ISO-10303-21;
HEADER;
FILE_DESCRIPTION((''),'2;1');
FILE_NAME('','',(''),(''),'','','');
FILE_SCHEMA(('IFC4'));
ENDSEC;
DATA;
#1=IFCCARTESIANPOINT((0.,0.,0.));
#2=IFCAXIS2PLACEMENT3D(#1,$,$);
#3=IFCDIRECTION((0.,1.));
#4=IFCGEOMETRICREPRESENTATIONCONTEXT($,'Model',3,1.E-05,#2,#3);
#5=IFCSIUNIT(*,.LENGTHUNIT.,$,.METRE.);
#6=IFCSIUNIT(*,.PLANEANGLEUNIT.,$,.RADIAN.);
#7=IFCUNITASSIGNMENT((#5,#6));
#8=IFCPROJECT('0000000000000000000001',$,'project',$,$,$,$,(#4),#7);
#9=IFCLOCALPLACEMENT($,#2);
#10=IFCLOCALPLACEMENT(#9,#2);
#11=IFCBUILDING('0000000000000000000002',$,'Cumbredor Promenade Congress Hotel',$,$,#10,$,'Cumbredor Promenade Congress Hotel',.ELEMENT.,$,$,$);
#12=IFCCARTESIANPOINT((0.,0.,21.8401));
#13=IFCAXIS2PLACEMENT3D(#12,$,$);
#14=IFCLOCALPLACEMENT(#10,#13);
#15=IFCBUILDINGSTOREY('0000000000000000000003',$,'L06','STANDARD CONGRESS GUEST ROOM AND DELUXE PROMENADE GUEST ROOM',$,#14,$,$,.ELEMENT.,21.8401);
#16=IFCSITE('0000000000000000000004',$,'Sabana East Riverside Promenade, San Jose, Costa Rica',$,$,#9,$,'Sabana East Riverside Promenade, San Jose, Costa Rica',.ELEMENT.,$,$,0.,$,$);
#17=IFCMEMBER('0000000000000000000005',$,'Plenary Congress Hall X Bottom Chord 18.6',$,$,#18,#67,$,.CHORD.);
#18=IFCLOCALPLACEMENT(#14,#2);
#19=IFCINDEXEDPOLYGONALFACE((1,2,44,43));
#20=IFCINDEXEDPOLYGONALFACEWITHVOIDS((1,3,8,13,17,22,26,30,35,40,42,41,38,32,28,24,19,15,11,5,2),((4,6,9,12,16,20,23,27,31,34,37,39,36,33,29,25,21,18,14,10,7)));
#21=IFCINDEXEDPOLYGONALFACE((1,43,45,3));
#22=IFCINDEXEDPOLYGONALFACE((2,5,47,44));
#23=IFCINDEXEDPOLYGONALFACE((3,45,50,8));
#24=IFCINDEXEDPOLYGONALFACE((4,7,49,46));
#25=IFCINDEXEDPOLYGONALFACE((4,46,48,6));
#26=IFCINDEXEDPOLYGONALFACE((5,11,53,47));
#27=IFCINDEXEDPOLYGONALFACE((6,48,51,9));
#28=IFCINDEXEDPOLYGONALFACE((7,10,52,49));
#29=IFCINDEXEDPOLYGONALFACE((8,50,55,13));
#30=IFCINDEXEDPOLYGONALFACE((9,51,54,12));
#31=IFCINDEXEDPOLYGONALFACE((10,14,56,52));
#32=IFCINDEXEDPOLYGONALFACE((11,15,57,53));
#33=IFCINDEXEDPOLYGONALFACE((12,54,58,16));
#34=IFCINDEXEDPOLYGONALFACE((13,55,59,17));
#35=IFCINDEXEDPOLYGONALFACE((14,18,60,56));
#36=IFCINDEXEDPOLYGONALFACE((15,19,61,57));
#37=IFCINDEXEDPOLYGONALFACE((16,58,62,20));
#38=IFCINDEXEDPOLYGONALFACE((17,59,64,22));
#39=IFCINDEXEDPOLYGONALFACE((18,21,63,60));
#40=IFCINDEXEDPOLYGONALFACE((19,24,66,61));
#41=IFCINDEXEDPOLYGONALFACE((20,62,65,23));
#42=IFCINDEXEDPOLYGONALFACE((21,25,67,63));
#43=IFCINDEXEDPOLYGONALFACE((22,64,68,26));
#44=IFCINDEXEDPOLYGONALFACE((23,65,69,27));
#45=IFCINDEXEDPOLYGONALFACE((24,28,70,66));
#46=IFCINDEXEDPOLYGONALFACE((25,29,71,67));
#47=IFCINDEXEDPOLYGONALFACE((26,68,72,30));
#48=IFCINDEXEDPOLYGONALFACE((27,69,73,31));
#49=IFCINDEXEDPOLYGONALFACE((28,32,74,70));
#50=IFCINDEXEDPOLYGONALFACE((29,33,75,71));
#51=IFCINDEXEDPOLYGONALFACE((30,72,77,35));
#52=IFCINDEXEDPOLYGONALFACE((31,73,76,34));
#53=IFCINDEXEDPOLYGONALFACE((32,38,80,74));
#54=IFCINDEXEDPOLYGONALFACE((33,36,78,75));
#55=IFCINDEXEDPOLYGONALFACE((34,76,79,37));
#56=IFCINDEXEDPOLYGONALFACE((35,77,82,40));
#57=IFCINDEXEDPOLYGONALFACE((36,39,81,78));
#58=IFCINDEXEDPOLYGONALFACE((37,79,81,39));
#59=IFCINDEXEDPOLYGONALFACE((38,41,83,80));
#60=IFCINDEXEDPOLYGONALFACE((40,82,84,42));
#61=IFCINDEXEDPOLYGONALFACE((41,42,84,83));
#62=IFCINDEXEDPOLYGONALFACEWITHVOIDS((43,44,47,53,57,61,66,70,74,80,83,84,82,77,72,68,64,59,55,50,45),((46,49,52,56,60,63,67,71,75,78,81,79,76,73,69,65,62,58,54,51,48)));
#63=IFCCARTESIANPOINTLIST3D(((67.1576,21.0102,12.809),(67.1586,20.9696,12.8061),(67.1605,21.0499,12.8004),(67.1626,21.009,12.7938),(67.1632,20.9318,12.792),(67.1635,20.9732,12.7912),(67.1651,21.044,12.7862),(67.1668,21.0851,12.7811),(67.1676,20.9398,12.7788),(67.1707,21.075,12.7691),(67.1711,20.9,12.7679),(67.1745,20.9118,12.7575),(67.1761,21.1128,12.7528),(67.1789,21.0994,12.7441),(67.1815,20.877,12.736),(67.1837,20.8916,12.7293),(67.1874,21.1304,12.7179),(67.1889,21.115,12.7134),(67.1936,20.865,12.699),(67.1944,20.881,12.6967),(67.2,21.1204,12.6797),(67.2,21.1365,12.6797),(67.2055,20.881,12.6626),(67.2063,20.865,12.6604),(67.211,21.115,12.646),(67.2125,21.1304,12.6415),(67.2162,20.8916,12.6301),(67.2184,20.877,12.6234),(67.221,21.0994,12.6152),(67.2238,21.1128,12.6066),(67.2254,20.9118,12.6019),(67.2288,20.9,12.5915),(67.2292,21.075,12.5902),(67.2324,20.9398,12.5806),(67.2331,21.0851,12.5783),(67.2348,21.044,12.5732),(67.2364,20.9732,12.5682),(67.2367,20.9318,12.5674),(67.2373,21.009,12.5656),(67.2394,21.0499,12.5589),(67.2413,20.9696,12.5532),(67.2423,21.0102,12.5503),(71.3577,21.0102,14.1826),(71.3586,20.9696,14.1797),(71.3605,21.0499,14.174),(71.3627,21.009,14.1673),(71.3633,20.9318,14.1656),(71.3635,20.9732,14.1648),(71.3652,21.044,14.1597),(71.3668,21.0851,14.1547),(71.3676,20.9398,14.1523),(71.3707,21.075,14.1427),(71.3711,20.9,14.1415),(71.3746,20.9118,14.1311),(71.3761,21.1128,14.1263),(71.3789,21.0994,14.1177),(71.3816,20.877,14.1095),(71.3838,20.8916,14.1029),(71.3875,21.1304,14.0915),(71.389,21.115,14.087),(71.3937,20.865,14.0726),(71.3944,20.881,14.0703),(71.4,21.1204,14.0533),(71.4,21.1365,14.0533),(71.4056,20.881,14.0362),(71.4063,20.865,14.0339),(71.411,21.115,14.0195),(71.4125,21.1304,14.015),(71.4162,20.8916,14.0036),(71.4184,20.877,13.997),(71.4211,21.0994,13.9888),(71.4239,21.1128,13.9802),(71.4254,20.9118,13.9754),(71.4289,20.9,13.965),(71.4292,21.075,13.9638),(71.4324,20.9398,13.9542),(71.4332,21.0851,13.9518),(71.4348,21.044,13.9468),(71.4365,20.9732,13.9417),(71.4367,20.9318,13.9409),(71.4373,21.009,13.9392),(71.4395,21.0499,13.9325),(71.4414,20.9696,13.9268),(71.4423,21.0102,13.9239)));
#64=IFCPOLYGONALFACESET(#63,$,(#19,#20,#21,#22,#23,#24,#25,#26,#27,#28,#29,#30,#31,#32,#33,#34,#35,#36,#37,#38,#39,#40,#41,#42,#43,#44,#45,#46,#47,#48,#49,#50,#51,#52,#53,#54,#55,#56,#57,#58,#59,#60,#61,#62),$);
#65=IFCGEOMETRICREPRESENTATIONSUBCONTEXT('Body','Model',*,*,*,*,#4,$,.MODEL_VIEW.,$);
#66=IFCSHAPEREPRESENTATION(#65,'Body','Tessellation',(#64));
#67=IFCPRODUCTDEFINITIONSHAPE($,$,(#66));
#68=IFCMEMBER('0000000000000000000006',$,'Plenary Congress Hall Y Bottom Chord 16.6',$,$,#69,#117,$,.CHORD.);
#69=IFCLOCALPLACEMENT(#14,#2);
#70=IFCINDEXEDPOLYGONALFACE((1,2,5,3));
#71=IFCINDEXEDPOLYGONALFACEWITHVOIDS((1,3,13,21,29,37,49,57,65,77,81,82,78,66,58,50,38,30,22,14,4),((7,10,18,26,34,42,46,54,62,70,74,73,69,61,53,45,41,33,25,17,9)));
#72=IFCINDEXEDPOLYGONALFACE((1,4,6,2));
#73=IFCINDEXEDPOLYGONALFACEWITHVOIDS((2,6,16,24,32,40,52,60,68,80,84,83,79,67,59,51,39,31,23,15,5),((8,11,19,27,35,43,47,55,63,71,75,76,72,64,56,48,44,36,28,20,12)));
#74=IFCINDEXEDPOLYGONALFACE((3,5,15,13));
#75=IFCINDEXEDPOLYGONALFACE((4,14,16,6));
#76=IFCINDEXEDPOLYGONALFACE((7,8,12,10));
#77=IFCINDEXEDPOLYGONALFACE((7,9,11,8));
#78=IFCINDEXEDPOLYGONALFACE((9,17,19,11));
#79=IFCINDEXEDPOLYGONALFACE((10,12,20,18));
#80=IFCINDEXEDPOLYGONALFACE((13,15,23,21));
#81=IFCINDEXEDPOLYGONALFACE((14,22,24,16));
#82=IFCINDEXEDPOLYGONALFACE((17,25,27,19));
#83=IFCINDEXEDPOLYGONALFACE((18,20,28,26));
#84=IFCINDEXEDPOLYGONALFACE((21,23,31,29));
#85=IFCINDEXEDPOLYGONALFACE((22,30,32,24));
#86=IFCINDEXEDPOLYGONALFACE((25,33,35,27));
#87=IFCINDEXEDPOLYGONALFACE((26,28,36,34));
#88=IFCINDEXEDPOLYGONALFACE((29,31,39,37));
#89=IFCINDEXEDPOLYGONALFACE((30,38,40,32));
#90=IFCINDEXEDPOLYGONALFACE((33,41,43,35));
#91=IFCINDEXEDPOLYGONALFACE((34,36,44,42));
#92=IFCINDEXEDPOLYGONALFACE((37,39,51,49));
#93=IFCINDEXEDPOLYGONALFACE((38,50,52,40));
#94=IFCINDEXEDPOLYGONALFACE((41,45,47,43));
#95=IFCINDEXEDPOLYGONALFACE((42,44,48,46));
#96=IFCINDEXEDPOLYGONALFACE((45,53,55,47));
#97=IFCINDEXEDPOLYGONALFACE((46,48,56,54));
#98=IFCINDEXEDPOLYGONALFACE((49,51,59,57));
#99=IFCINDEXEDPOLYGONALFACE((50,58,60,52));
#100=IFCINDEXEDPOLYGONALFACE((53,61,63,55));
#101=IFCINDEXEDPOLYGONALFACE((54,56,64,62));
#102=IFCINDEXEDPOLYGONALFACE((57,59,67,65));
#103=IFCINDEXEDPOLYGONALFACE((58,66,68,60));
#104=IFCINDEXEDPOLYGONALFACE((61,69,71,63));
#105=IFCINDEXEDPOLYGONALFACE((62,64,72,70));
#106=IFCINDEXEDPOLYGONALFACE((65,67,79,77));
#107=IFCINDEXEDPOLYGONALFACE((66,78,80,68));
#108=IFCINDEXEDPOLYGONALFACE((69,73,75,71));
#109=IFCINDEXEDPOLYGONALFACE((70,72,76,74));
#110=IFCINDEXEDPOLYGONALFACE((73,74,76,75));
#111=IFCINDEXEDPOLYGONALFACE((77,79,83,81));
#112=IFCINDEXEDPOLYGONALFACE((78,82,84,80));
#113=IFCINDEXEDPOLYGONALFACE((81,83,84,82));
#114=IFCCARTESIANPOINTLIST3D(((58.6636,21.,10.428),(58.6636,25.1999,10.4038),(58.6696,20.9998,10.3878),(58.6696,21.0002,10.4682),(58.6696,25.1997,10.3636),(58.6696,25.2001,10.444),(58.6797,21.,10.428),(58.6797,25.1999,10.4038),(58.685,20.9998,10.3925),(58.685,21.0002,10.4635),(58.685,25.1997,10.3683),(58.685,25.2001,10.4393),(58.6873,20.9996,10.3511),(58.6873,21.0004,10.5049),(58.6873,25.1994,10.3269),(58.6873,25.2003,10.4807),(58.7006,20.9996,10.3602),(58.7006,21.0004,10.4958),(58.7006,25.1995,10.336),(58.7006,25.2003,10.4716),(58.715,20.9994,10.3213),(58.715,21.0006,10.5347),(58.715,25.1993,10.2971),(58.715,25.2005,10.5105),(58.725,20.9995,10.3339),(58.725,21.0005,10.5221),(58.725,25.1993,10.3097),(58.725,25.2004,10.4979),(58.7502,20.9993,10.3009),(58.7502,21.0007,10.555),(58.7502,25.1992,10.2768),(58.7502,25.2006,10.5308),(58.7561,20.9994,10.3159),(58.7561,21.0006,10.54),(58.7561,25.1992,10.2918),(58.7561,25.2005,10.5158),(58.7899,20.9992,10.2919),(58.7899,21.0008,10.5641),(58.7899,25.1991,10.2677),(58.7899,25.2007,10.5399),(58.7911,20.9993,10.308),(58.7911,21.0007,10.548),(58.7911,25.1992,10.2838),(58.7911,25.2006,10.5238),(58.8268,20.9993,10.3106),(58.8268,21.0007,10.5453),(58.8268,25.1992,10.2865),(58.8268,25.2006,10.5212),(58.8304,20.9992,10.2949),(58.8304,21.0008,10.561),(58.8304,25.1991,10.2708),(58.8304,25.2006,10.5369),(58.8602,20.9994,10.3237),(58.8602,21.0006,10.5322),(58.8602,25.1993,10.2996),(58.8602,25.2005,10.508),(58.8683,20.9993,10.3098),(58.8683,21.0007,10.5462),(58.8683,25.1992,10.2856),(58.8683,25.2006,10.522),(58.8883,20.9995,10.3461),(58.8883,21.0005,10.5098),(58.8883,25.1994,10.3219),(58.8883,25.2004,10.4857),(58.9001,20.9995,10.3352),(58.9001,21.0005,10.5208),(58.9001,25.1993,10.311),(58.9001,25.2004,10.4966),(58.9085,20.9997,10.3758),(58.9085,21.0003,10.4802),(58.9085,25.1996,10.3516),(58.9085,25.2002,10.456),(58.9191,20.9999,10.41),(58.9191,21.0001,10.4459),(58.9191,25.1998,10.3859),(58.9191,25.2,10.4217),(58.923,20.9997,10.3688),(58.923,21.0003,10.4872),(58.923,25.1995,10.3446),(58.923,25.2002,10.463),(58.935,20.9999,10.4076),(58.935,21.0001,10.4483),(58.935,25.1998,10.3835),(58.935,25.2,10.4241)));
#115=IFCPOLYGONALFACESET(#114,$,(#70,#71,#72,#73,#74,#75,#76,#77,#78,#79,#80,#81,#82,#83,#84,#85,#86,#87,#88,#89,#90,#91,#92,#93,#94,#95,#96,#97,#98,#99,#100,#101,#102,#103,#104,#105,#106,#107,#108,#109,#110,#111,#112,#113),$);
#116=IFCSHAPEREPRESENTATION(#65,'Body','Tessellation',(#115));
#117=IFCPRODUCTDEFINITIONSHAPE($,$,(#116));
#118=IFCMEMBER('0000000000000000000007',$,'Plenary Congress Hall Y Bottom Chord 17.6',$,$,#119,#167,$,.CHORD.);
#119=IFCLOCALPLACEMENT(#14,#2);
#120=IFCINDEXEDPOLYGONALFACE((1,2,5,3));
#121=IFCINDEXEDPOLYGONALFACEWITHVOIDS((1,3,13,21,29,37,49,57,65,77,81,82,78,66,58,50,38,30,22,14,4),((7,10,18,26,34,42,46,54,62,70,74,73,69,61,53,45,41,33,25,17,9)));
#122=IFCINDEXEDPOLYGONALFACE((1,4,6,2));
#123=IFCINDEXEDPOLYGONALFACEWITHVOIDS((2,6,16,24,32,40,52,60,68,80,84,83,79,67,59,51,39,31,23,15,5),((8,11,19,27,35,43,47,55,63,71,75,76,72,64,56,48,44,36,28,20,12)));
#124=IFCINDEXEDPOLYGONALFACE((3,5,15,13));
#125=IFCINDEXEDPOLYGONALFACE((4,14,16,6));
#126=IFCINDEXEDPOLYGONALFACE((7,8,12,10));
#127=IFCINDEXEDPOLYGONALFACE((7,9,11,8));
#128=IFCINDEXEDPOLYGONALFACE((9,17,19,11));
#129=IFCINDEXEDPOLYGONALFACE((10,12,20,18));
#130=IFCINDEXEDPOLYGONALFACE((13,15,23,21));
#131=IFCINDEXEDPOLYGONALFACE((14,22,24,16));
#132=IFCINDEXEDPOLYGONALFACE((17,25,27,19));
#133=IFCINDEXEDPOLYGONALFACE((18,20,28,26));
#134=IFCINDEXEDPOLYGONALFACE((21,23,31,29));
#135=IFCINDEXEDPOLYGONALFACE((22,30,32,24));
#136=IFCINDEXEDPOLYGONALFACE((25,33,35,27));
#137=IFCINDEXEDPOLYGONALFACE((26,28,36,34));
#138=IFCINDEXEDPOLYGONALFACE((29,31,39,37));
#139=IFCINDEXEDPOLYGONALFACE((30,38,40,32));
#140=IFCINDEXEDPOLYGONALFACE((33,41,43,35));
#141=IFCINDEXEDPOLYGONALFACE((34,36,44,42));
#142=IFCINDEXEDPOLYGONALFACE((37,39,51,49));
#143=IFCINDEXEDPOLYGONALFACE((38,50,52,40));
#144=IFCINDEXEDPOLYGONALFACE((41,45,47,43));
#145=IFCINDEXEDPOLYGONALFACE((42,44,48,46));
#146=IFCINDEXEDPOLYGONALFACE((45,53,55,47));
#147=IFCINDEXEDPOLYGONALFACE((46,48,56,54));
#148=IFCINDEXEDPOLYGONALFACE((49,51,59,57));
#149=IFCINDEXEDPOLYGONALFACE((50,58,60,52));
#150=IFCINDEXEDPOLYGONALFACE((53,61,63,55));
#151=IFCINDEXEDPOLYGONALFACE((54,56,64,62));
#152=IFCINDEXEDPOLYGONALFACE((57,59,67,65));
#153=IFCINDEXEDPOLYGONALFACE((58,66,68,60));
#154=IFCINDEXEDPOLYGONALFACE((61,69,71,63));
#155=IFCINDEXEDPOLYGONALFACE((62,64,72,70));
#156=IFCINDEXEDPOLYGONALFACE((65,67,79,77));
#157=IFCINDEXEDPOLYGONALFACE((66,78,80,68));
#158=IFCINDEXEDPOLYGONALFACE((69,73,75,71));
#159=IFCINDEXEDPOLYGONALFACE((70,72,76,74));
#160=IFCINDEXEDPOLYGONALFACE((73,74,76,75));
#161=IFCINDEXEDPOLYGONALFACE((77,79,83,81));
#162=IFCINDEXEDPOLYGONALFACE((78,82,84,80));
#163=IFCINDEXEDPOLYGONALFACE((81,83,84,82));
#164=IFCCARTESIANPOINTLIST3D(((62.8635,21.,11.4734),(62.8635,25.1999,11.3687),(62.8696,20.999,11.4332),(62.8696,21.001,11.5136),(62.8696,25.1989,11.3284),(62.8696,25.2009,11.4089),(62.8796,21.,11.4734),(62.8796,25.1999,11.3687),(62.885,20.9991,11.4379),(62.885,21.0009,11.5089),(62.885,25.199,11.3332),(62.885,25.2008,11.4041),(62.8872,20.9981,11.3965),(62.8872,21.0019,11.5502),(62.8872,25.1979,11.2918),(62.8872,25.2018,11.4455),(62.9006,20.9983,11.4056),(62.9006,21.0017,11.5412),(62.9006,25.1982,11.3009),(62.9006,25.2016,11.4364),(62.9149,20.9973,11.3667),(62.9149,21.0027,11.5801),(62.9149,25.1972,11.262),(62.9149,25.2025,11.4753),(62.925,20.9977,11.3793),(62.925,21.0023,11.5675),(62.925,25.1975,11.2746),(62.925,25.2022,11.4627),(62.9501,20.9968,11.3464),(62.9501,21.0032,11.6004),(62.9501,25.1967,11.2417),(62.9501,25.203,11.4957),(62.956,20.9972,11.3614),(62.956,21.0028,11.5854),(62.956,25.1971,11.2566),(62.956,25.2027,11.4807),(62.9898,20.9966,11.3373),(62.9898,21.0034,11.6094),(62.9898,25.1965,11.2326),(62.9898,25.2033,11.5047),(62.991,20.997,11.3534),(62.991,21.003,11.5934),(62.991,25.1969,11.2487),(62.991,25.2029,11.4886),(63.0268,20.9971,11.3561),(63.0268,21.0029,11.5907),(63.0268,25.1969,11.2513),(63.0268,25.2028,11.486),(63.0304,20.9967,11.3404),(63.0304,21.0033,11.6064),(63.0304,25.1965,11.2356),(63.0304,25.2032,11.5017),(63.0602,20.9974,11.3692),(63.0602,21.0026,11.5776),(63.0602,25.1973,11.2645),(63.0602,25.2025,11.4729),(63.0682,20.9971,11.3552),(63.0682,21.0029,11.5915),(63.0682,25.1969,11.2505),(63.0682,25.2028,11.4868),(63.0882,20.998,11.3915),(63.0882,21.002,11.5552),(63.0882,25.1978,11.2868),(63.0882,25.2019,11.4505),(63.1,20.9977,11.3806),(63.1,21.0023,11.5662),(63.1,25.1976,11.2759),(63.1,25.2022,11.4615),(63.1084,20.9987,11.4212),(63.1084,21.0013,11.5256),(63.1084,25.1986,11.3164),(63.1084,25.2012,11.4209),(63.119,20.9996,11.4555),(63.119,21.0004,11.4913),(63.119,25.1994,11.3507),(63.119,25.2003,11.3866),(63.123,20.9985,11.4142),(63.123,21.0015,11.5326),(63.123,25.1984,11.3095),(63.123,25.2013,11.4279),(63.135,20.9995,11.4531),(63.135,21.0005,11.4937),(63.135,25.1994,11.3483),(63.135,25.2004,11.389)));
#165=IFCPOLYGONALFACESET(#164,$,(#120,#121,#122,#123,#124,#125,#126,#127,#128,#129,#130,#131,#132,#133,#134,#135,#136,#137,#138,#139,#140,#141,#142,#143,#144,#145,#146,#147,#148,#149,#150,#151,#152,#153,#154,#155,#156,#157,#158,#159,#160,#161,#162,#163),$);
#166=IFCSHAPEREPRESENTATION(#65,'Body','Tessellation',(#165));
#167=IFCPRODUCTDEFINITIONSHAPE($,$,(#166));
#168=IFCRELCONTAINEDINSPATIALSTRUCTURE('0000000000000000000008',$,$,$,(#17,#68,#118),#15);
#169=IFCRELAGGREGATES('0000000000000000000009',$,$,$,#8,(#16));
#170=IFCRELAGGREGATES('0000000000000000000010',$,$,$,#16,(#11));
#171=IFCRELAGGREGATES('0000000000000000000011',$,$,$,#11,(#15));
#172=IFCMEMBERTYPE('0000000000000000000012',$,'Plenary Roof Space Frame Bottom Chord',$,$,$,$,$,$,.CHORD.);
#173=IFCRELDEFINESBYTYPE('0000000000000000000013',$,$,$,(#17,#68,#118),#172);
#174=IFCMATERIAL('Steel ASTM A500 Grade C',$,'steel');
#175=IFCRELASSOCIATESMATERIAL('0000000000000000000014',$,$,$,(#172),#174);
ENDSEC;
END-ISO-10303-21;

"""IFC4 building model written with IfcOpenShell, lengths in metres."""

from ifc_helpers import new_model, si_unit, direction, frame, origin, origin_2d, place, context, subcontext, project, spatial, hollow_circle, extrude, material, material_profile, profile_set, type_object, element, save


model = new_model("IFC4")

# Units and contexts
model_context = context("Model", 3, precision=1e-05, world=origin(), true_north=direction((0.0, 1.0)))
body_context = subcontext(model_context, "Body", "Model", "MODEL_VIEW")
ifc_project = project(units=[si_unit("LENGTHUNIT", "METRE"), si_unit("PLANEANGLEUNIT", "RADIAN")], contexts=[model_context])

# Site, building, storey
site_placement = place(None, origin())
site = spatial("IfcSite", under=ifc_project, at=site_placement, Name="Sabana East Riverside Promenade, San Jose, Costa Rica", LongName="Sabana East Riverside Promenade, San Jose, Costa Rica", CompositionType="ELEMENT", RefElevation=0.0)
building_placement = place(site_placement, origin())
building = spatial("IfcBuilding", under=site, at=building_placement, Name="Cumbredor Promenade Congress Hotel", LongName="Cumbredor Promenade Congress Hotel", CompositionType="ELEMENT")
storey_placement = place(building_placement, frame((0.0, 0.0, 21.8401)))
storey = spatial("IfcBuildingStorey", under=building, at=storey_placement, Name="L06", Description="STANDARD CONGRESS GUEST ROOM AND DELUXE PROMENADE GUEST ROOM", CompositionType="ELEMENT", Elevation=21.8401)

# Members
ifc_material_1 = material(Name="Steel ASTM A500 Grade C", Category="steel")
ifc_material_profile_1 = material_profile(ifc_material_1, hollow_circle(Radius=0.1365, WallThickness=0.0161, at=origin_2d()), Name="CHS 273.0x16")
ifc_profile_set_1 = profile_set([ifc_material_profile_1], Name="Steel ASTM A500 Grade C")
member_type_1 = type_object("IfcMemberType", Name="Plenary Roof Space Frame Bottom Chord", PredefinedType="CHORD", material=ifc_profile_set_1)
member_1_placement = place(storey_placement, frame((67.2, 21.0, 12.6797), z_axis=(0.950464, 0.0, 0.310836), x_axis=(0.0, 1.0, 0.0)))
element("IfcMember", 1, at=member_1_placement, inside=storey, type_object=member_type_1, Name="Plenary Congress Hall X Bottom Chord 18.6", PredefinedType="CHORD", context=body_context, shape_type="SweptSolid", body=[
    extrude(hollow_circle(Radius=0.1365, WallThickness=0.0161, at=origin_2d()), origin(), (0.0, 0.0, 1.0), 4.4189),
])
member_2_placement = place(storey_placement, frame((58.8, 21.0, 10.428), z_axis=(0.0, 0.999983, -0.005755), x_axis=(-1.0, 0.0, 0.0)))
element("IfcMember", 2, at=member_2_placement, inside=storey, type_object=member_type_1, Name="Plenary Congress Hall Y Bottom Chord 16.6", PredefinedType="CHORD", context=body_context, shape_type="SweptSolid", body=[
    extrude(hollow_circle(Radius=0.1365, WallThickness=0.0161, at=origin_2d()), origin(), (0.0, 0.0, 1.0), 4.2),
])
member_3_placement = place(storey_placement, frame((63.0, 21.0, 11.4734), z_axis=(0.0, 0.999689, -0.02493), x_axis=(-1.0, 0.0, 0.0)))
element("IfcMember", 3, at=member_3_placement, inside=storey, type_object=member_type_1, Name="Plenary Congress Hall Y Bottom Chord 17.6", PredefinedType="CHORD", context=body_context, shape_type="SweptSolid", body=[
    extrude(hollow_circle(Radius=0.1365, WallThickness=0.0161, at=origin_2d()), origin(), (0.0, 0.0, 1.0), 4.2012),
])

save(model, "model.ifc")
